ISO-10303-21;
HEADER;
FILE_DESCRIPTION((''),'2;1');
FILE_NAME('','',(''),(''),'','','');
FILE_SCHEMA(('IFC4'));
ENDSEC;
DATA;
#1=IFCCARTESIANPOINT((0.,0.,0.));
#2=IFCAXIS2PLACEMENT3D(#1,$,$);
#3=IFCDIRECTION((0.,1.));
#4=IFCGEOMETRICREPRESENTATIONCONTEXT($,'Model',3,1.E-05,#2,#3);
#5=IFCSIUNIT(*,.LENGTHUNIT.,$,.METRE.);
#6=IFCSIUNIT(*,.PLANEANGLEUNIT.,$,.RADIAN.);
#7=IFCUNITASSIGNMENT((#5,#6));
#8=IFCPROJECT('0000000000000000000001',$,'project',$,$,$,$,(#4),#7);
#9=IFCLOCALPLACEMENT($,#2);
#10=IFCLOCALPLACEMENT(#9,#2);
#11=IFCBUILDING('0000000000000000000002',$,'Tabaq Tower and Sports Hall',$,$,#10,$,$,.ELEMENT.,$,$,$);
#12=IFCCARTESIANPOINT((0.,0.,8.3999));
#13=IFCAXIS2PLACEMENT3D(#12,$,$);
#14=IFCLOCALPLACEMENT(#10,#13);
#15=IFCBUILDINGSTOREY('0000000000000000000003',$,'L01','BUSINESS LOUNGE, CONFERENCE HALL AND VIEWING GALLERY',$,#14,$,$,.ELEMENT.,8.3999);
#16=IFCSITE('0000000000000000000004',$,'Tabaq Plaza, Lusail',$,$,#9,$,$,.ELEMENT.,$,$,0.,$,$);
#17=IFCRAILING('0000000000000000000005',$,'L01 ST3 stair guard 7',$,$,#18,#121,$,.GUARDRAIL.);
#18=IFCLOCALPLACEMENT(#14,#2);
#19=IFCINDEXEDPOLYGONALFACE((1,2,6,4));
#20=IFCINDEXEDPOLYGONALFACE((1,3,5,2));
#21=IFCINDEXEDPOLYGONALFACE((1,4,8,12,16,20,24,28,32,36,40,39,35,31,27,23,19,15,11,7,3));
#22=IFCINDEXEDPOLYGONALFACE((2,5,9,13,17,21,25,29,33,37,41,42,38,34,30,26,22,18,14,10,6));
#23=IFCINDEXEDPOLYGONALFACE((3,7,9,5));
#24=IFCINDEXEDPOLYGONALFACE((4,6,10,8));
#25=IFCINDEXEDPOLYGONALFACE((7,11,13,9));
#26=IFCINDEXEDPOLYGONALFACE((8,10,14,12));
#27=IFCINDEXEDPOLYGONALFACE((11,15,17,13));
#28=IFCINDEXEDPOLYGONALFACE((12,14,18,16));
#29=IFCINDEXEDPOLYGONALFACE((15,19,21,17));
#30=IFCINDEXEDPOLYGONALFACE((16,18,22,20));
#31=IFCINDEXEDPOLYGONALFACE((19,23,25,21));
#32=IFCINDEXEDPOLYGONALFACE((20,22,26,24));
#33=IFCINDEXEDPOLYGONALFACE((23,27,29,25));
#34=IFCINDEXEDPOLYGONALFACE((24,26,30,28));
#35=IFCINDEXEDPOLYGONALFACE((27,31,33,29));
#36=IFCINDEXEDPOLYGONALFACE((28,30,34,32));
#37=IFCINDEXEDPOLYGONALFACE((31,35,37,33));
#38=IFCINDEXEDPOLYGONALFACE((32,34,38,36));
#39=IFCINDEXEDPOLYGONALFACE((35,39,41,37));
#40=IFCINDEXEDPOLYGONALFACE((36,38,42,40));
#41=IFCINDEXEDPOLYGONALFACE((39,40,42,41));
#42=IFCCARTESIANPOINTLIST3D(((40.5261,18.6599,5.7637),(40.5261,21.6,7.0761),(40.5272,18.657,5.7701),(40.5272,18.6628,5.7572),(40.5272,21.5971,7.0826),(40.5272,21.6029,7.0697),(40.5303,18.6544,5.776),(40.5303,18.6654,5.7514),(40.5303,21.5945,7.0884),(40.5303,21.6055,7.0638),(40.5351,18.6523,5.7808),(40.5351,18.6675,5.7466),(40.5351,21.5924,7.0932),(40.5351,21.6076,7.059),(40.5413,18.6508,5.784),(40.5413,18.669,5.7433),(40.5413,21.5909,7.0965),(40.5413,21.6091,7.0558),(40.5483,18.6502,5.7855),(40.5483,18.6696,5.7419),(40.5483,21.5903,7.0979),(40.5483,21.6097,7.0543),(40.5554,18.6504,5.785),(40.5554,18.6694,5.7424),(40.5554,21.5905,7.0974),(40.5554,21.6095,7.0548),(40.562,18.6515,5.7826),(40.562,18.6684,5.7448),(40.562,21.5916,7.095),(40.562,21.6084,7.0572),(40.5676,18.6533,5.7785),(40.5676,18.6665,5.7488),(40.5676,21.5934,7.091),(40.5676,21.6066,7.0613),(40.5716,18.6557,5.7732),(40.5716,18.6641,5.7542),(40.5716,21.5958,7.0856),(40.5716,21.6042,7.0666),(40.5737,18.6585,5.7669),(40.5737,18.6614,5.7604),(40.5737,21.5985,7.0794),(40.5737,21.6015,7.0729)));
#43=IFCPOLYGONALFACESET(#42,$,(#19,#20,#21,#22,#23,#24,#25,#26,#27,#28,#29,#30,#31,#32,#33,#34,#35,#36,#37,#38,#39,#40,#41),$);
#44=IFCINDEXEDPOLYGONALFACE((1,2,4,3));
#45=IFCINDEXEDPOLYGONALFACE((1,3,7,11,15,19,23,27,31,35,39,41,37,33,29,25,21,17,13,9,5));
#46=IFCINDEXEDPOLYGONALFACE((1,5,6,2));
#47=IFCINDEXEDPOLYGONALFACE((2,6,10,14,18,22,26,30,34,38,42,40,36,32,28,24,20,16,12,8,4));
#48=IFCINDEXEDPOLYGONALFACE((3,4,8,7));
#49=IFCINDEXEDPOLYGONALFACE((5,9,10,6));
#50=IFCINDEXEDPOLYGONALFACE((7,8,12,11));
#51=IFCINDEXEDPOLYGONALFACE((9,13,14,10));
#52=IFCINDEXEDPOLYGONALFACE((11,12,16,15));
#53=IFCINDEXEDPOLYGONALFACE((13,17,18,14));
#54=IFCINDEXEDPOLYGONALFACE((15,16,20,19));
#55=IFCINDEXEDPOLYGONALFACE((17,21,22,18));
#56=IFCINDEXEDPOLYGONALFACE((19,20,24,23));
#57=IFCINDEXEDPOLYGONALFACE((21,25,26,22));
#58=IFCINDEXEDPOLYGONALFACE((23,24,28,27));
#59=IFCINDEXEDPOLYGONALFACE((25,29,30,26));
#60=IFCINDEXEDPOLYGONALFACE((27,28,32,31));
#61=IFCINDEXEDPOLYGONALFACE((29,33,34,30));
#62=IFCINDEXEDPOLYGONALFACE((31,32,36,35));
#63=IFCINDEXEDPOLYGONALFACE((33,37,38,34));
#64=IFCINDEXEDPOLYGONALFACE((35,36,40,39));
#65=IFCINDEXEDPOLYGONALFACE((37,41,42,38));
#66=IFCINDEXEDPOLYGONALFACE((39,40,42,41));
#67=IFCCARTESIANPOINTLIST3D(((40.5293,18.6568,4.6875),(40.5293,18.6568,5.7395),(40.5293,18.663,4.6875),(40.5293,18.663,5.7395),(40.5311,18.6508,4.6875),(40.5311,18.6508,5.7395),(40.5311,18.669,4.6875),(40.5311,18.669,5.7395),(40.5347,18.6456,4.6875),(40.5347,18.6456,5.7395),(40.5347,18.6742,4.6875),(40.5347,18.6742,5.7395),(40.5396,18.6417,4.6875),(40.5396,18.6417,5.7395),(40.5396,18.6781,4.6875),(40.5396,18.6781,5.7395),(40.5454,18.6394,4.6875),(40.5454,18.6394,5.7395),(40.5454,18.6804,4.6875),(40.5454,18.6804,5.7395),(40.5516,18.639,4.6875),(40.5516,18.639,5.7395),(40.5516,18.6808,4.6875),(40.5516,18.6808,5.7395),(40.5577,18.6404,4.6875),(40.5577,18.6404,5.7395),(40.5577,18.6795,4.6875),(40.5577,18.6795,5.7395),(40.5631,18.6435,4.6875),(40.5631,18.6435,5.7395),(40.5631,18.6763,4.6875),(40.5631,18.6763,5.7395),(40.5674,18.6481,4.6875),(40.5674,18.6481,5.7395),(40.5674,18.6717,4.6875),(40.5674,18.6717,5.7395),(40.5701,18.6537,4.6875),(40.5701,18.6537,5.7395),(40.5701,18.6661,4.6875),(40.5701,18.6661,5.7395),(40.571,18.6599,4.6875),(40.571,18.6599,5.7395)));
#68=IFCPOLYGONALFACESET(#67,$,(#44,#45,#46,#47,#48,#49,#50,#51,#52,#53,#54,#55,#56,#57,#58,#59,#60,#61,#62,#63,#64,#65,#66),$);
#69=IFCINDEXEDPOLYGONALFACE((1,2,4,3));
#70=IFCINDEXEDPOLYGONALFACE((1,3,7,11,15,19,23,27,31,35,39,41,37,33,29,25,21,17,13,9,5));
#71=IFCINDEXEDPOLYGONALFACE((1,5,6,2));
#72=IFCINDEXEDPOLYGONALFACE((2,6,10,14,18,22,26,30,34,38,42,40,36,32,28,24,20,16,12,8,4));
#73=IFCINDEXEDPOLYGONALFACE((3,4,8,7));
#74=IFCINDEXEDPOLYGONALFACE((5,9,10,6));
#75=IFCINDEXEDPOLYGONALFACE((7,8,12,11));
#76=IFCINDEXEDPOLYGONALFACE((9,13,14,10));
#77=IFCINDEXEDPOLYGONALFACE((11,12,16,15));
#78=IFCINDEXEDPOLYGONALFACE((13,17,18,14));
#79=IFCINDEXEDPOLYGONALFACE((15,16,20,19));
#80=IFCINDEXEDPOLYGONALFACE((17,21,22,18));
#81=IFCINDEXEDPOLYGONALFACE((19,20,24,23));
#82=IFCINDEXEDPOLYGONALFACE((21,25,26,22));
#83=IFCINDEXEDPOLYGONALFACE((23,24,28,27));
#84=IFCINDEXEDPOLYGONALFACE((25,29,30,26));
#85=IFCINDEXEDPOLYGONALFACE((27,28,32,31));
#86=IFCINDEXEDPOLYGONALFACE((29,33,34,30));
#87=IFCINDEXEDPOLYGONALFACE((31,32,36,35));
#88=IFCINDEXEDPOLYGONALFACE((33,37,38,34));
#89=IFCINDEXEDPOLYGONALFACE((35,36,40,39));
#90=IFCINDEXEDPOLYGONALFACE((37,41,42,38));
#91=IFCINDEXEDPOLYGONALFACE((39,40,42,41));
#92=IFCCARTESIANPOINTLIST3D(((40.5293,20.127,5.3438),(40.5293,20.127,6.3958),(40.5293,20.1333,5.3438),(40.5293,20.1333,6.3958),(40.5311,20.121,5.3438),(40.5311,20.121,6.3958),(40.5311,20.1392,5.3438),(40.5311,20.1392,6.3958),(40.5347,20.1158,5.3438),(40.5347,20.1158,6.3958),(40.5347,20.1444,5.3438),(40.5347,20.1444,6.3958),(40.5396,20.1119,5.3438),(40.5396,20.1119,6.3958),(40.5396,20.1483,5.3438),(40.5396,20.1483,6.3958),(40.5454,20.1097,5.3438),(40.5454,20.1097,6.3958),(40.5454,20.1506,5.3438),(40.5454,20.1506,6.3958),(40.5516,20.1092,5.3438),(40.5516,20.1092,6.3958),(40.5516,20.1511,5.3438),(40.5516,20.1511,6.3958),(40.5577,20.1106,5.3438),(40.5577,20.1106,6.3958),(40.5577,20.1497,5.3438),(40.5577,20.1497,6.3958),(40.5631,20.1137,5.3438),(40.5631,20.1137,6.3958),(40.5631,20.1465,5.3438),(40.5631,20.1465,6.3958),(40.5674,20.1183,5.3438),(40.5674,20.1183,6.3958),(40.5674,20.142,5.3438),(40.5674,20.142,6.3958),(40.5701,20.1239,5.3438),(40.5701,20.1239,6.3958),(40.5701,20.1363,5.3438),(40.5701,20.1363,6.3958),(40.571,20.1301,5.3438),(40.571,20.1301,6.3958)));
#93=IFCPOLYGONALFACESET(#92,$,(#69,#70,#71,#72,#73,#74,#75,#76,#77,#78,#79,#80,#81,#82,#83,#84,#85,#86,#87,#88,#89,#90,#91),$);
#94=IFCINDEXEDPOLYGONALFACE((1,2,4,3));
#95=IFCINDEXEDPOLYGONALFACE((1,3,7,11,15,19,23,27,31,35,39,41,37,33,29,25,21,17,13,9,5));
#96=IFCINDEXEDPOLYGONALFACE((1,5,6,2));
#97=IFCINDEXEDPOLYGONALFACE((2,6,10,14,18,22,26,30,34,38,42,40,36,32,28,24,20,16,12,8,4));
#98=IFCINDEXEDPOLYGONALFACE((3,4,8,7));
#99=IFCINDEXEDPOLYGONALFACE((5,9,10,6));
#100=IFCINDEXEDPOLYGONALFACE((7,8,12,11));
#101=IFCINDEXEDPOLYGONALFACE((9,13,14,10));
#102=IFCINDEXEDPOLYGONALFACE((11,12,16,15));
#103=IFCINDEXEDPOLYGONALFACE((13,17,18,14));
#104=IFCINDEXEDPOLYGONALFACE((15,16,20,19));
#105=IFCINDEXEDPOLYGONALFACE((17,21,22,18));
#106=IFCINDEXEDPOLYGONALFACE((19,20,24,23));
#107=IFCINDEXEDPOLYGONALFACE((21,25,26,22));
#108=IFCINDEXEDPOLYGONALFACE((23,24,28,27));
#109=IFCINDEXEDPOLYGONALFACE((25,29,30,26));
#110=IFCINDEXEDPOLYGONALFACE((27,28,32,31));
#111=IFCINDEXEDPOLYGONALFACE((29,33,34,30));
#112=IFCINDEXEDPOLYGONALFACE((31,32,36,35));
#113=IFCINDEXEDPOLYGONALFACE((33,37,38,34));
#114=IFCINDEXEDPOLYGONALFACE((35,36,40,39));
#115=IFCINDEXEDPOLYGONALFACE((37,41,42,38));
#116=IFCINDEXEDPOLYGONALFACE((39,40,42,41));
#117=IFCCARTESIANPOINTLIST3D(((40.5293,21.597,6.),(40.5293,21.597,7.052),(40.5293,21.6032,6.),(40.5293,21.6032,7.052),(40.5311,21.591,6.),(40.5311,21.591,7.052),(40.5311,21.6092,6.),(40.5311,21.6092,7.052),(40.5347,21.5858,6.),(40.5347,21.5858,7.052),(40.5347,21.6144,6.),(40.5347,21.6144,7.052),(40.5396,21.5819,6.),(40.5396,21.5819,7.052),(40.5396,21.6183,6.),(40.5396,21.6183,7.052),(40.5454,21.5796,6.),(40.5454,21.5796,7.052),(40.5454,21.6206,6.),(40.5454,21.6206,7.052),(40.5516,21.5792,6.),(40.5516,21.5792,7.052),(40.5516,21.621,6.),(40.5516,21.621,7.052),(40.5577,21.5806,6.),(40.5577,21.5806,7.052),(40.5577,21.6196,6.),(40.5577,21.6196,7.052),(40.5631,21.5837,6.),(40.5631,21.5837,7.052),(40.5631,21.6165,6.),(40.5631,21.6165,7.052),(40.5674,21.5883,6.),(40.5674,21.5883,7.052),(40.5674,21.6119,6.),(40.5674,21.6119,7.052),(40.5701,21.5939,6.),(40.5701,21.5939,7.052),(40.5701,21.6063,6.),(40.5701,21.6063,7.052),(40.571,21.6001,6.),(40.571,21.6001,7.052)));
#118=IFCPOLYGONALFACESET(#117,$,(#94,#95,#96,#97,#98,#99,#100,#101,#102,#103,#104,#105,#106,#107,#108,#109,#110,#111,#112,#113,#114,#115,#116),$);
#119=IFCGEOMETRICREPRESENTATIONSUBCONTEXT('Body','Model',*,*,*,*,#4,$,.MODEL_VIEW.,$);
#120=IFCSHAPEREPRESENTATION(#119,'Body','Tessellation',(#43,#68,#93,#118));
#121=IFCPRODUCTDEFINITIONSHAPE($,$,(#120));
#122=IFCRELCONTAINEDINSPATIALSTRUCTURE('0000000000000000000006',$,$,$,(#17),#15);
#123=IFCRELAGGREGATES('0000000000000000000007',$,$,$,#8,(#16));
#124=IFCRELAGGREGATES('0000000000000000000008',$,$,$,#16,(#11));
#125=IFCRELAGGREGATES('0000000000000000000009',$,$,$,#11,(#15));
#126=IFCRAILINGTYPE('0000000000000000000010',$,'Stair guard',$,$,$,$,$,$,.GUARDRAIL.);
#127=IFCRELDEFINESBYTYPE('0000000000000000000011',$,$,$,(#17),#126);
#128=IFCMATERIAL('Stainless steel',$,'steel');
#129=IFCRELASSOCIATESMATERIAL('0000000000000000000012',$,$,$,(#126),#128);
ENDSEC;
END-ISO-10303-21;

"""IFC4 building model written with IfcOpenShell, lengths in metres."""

from ifc_helpers import new_model, si_unit, direction, frame, origin, origin_2d, place, context, subcontext, project, spatial, circle, extrude, material, type_object, element, save


model = new_model("IFC4")

# Units and contexts
model_context = context("Model", 3, precision=1e-05, world=origin(), true_north=direction((0.0, 1.0)))
body_context = subcontext(model_context, "Body", "Model", "MODEL_VIEW")
ifc_project = project(units=[si_unit("LENGTHUNIT", "METRE"), si_unit("PLANEANGLEUNIT", "RADIAN")], contexts=[model_context])

# Site, building, storey
site_placement = place(None, origin())
site = spatial("IfcSite", under=ifc_project, at=site_placement, Name="Tabaq Plaza, Lusail", CompositionType="ELEMENT", RefElevation=0.0)
building_placement = place(site_placement, origin())
building = spatial("IfcBuilding", under=site, at=building_placement, Name="Tabaq Tower and Sports Hall", CompositionType="ELEMENT")
storey_placement = place(building_placement, frame((0.0, 0.0, 8.3999)))
storey = spatial("IfcBuildingStorey", under=building, at=storey_placement, Name="L01", Description="BUSINESS LOUNGE, CONFERENCE HALL AND VIEWING GALLERY", CompositionType="ELEMENT", Elevation=8.3999)

# Railing
ifc_material_1 = material(Name="Stainless steel", Category="steel")
railing_type_1 = type_object("IfcRailingType", Name="Stair guard", PredefinedType="GUARDRAIL", material=ifc_material_1)
railing_1_placement = place(storey_placement, frame((40.55, 18.6599, 4.6875)))
element("IfcRailing", 1, at=railing_1_placement, inside=storey, type_object=railing_type_1, Name="L01 ST3 stair guard 7", PredefinedType="GUARDRAIL", context=body_context, shape_type="SweptSolid", body=[
    extrude(circle(Radius=0.0239, at=origin_2d()), frame((0.0, 0.0, 1.0762), z_axis=(0.0, 0.913147, 0.407629), x_axis=(-1.0, 0.0, 0.0)), (0.0, 0.0, 1.0), 3.2197),
    extrude(circle(Radius=0.021, at=origin_2d()), origin(), (0.0, 0.0, 1.0), 1.052),
    extrude(circle(Radius=0.021, at=origin_2d()), frame((0.0, 1.4702, 0.6562)), (0.0, 0.0, 1.0), 1.052),
    extrude(circle(Radius=0.021, at=origin_2d()), frame((0.0, 2.9402, 1.3125)), (0.0, 0.0, 1.0), 1.052),
])

save(model, "model.ifc")
